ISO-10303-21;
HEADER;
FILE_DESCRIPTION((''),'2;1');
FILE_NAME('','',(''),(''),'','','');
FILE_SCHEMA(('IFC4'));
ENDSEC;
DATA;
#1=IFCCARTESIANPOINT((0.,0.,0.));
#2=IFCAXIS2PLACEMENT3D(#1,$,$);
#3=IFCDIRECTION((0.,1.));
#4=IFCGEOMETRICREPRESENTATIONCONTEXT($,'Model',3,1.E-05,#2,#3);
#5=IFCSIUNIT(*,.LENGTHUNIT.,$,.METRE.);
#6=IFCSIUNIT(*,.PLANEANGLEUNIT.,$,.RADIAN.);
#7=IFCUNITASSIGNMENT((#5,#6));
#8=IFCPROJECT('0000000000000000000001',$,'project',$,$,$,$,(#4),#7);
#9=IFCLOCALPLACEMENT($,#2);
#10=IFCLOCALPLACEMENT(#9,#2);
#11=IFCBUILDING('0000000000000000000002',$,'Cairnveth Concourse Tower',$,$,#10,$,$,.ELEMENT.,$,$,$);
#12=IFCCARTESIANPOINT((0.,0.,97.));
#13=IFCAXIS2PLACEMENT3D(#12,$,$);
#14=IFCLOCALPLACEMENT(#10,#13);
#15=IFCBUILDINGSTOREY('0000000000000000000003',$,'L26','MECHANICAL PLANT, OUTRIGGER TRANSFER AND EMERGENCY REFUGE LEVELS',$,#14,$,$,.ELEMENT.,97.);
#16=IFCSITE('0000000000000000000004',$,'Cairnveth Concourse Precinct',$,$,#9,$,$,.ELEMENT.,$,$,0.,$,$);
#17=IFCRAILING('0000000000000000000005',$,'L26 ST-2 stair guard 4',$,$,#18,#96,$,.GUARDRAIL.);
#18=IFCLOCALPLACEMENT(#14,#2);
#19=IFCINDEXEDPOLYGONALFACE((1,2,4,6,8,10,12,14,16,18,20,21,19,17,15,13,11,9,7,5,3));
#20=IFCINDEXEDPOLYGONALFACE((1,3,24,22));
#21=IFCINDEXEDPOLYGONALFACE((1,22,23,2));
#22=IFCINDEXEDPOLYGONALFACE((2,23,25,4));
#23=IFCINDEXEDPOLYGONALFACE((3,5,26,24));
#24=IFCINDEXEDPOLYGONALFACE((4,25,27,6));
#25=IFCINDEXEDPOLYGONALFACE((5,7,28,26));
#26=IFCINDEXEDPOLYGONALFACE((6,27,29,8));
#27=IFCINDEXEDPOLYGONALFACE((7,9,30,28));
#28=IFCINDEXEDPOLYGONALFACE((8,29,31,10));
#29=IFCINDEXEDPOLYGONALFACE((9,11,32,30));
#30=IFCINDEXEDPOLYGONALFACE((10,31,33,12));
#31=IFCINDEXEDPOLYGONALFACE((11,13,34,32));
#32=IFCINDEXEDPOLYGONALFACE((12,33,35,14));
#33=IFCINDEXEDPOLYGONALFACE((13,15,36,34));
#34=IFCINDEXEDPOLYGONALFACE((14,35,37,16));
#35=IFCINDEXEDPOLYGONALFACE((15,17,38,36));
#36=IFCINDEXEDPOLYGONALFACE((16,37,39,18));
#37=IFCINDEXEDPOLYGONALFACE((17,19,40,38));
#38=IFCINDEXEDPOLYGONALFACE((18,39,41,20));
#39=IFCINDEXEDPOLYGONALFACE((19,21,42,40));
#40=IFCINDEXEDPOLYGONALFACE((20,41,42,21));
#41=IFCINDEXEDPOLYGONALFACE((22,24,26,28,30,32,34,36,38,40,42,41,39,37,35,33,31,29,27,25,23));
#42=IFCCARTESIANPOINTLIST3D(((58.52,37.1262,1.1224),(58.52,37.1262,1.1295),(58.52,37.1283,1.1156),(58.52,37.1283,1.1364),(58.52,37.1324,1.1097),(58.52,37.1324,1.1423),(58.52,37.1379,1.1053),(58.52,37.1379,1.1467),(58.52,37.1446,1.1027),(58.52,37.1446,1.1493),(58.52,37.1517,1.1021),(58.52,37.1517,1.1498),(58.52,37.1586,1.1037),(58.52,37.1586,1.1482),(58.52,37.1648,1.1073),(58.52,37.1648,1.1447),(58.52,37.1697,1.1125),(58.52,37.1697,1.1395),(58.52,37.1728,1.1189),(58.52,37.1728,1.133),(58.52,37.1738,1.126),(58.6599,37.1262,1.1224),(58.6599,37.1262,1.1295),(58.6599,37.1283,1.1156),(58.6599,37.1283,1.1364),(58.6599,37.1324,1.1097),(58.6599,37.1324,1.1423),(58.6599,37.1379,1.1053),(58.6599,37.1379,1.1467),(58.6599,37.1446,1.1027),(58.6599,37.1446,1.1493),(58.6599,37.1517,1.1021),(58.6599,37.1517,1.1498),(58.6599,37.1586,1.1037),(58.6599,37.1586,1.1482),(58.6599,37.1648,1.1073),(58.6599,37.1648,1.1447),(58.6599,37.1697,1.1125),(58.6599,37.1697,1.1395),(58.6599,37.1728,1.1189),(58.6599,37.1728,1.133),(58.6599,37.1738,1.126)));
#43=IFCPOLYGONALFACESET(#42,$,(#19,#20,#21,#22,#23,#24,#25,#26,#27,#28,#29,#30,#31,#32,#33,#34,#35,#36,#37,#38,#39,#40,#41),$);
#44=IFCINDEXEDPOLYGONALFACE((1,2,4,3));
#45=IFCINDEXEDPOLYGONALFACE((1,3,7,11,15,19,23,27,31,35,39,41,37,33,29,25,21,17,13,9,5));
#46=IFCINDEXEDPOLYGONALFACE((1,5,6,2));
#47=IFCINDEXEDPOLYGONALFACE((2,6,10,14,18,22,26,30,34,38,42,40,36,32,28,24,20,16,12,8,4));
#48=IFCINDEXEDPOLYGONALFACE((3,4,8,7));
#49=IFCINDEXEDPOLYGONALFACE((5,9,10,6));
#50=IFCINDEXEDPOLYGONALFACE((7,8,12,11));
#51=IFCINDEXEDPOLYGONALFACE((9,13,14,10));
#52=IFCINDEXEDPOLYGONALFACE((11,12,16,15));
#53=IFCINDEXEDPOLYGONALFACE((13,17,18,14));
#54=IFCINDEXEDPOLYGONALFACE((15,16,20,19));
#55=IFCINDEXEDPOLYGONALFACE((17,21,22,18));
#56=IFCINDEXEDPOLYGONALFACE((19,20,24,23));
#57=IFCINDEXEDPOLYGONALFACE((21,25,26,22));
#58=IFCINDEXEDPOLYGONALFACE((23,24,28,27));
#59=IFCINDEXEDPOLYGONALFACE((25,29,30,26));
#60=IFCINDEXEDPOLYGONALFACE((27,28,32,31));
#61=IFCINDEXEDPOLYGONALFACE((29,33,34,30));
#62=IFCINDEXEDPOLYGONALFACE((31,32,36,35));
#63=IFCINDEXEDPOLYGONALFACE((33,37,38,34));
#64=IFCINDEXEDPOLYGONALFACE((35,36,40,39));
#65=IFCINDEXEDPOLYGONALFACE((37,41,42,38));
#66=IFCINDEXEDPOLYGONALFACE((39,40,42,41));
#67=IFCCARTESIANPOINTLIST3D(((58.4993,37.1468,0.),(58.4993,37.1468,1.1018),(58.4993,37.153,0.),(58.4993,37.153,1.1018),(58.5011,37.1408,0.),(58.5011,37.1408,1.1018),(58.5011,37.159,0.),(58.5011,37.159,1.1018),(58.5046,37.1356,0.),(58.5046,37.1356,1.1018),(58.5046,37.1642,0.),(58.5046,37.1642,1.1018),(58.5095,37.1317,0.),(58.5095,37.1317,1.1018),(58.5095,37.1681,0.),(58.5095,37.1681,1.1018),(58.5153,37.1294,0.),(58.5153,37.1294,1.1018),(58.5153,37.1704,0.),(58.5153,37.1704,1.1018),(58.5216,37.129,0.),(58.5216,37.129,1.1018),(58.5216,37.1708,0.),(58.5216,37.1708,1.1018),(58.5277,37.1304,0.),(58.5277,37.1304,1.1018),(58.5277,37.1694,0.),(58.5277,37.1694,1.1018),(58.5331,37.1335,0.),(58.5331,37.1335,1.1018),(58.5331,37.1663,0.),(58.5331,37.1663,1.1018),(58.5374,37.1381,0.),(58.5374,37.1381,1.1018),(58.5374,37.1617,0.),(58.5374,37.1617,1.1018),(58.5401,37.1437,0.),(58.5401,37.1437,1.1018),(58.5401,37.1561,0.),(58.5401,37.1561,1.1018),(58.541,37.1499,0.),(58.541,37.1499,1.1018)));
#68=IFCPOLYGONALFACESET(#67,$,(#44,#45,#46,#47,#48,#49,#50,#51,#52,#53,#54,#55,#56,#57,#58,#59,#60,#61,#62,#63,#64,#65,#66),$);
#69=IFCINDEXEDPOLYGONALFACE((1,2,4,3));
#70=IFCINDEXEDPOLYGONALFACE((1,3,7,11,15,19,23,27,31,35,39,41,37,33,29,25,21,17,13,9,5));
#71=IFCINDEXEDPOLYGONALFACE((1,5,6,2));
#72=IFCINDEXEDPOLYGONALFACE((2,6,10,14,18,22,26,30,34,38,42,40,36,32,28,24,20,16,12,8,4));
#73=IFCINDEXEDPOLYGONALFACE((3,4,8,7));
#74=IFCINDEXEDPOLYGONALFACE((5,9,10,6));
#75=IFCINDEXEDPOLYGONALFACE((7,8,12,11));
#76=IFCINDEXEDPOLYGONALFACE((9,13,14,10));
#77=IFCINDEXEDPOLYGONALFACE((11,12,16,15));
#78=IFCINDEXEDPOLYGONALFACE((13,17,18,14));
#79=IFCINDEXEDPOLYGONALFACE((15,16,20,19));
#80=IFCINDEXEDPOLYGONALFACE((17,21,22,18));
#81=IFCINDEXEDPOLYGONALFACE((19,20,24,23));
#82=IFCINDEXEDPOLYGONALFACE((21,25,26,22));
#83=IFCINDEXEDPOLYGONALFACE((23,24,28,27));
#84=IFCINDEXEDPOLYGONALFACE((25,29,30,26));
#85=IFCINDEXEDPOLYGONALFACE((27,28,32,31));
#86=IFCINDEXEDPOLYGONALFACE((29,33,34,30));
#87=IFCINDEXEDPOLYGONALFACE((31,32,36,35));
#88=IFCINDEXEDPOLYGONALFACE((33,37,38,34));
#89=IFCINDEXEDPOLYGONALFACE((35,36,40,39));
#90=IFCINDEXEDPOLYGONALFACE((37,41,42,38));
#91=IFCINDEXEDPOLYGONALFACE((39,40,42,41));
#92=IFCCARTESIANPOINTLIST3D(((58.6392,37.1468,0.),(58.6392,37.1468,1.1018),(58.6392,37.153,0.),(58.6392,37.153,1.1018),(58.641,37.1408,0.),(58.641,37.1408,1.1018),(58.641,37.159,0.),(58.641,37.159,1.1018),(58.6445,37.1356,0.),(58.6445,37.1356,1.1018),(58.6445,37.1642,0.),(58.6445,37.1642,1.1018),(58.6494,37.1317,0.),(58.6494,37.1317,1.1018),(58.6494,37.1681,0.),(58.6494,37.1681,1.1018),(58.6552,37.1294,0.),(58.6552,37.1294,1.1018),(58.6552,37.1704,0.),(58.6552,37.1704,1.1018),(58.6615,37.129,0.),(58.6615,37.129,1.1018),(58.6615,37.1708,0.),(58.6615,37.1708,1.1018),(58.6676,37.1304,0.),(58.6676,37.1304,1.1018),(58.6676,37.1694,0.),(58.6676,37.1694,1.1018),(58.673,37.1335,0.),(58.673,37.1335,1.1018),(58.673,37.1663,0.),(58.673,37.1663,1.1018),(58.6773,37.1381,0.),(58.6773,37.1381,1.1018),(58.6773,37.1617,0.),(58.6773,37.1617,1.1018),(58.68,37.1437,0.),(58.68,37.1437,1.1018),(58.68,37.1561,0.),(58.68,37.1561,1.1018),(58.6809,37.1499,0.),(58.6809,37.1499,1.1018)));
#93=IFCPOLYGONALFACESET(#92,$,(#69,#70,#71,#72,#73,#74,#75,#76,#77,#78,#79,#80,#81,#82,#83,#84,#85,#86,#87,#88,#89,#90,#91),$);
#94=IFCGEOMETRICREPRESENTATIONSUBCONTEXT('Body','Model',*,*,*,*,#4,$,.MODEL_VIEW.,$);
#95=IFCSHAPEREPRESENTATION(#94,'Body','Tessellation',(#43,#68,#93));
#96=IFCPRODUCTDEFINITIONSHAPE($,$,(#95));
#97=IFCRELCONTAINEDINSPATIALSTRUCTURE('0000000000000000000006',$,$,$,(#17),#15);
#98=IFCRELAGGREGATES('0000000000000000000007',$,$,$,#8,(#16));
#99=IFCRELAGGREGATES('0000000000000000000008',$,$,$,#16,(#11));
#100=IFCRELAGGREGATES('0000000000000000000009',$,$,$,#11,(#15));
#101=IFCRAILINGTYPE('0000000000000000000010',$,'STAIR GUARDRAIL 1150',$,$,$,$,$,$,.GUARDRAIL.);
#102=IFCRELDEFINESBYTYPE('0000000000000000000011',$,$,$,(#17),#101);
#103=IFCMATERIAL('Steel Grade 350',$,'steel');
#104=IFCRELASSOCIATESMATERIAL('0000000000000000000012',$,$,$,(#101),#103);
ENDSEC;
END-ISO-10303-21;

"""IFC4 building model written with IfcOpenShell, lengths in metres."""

from ifc_helpers import new_model, si_unit, direction, frame, origin, origin_2d, place, context, subcontext, project, spatial, circle, extrude, material, type_object, element, save


model = new_model("IFC4")

# Units and contexts
model_context = context("Model", 3, precision=1e-05, world=origin(), true_north=direction((0.0, 1.0)))
body_context = subcontext(model_context, "Body", "Model", "MODEL_VIEW")
ifc_project = project(units=[si_unit("LENGTHUNIT", "METRE"), si_unit("PLANEANGLEUNIT", "RADIAN")], contexts=[model_context])

# Site, building, storey
site_placement = place(None, origin())
site = spatial("IfcSite", under=ifc_project, at=site_placement, Name="Cairnveth Concourse Precinct", CompositionType="ELEMENT", RefElevation=0.0)
building_placement = place(site_placement, origin())
building = spatial("IfcBuilding", under=site, at=building_placement, Name="Cairnveth Concourse Tower", CompositionType="ELEMENT")
storey_placement = place(building_placement, frame((0.0, 0.0, 97.0)))
storey = spatial("IfcBuildingStorey", under=building, at=storey_placement, Name="L26", Description="MECHANICAL PLANT, OUTRIGGER TRANSFER AND EMERGENCY REFUGE LEVELS", CompositionType="ELEMENT", Elevation=97.0)

# Shared definitions
ifc_material_1 = material(Name="Steel Grade 350", Category="steel")

# Railing
railing_type_1 = type_object("IfcRailingType", Name="STAIR GUARDRAIL 1150", PredefinedType="GUARDRAIL", material=ifc_material_1)
railing_1_placement = place(storey_placement, frame((58.52, 37.1499, 0.0)))
element("IfcRailing", 1, at=railing_1_placement, inside=storey, type_object=railing_type_1, Name="L26 ST-2 stair guard 4", PredefinedType="GUARDRAIL", context=body_context, shape_type="SweptSolid", body=[
    extrude(circle(Radius=0.0239, at=origin_2d()), frame((0.0, 0.0, 1.126), z_axis=(1.0, 0.0, 0.0), x_axis=(0.0, 1.0, 0.0)), (0.0, 0.0, 1.0), 0.1399),
    extrude(circle(Radius=0.021, at=origin_2d()), origin(), (0.0, 0.0, 1.0), 1.1018),
    extrude(circle(Radius=0.021, at=origin_2d()), frame((0.1399, 0.0, 0.0)), (0.0, 0.0, 1.0), 1.1018),
])

save(model, "model.ifc")
